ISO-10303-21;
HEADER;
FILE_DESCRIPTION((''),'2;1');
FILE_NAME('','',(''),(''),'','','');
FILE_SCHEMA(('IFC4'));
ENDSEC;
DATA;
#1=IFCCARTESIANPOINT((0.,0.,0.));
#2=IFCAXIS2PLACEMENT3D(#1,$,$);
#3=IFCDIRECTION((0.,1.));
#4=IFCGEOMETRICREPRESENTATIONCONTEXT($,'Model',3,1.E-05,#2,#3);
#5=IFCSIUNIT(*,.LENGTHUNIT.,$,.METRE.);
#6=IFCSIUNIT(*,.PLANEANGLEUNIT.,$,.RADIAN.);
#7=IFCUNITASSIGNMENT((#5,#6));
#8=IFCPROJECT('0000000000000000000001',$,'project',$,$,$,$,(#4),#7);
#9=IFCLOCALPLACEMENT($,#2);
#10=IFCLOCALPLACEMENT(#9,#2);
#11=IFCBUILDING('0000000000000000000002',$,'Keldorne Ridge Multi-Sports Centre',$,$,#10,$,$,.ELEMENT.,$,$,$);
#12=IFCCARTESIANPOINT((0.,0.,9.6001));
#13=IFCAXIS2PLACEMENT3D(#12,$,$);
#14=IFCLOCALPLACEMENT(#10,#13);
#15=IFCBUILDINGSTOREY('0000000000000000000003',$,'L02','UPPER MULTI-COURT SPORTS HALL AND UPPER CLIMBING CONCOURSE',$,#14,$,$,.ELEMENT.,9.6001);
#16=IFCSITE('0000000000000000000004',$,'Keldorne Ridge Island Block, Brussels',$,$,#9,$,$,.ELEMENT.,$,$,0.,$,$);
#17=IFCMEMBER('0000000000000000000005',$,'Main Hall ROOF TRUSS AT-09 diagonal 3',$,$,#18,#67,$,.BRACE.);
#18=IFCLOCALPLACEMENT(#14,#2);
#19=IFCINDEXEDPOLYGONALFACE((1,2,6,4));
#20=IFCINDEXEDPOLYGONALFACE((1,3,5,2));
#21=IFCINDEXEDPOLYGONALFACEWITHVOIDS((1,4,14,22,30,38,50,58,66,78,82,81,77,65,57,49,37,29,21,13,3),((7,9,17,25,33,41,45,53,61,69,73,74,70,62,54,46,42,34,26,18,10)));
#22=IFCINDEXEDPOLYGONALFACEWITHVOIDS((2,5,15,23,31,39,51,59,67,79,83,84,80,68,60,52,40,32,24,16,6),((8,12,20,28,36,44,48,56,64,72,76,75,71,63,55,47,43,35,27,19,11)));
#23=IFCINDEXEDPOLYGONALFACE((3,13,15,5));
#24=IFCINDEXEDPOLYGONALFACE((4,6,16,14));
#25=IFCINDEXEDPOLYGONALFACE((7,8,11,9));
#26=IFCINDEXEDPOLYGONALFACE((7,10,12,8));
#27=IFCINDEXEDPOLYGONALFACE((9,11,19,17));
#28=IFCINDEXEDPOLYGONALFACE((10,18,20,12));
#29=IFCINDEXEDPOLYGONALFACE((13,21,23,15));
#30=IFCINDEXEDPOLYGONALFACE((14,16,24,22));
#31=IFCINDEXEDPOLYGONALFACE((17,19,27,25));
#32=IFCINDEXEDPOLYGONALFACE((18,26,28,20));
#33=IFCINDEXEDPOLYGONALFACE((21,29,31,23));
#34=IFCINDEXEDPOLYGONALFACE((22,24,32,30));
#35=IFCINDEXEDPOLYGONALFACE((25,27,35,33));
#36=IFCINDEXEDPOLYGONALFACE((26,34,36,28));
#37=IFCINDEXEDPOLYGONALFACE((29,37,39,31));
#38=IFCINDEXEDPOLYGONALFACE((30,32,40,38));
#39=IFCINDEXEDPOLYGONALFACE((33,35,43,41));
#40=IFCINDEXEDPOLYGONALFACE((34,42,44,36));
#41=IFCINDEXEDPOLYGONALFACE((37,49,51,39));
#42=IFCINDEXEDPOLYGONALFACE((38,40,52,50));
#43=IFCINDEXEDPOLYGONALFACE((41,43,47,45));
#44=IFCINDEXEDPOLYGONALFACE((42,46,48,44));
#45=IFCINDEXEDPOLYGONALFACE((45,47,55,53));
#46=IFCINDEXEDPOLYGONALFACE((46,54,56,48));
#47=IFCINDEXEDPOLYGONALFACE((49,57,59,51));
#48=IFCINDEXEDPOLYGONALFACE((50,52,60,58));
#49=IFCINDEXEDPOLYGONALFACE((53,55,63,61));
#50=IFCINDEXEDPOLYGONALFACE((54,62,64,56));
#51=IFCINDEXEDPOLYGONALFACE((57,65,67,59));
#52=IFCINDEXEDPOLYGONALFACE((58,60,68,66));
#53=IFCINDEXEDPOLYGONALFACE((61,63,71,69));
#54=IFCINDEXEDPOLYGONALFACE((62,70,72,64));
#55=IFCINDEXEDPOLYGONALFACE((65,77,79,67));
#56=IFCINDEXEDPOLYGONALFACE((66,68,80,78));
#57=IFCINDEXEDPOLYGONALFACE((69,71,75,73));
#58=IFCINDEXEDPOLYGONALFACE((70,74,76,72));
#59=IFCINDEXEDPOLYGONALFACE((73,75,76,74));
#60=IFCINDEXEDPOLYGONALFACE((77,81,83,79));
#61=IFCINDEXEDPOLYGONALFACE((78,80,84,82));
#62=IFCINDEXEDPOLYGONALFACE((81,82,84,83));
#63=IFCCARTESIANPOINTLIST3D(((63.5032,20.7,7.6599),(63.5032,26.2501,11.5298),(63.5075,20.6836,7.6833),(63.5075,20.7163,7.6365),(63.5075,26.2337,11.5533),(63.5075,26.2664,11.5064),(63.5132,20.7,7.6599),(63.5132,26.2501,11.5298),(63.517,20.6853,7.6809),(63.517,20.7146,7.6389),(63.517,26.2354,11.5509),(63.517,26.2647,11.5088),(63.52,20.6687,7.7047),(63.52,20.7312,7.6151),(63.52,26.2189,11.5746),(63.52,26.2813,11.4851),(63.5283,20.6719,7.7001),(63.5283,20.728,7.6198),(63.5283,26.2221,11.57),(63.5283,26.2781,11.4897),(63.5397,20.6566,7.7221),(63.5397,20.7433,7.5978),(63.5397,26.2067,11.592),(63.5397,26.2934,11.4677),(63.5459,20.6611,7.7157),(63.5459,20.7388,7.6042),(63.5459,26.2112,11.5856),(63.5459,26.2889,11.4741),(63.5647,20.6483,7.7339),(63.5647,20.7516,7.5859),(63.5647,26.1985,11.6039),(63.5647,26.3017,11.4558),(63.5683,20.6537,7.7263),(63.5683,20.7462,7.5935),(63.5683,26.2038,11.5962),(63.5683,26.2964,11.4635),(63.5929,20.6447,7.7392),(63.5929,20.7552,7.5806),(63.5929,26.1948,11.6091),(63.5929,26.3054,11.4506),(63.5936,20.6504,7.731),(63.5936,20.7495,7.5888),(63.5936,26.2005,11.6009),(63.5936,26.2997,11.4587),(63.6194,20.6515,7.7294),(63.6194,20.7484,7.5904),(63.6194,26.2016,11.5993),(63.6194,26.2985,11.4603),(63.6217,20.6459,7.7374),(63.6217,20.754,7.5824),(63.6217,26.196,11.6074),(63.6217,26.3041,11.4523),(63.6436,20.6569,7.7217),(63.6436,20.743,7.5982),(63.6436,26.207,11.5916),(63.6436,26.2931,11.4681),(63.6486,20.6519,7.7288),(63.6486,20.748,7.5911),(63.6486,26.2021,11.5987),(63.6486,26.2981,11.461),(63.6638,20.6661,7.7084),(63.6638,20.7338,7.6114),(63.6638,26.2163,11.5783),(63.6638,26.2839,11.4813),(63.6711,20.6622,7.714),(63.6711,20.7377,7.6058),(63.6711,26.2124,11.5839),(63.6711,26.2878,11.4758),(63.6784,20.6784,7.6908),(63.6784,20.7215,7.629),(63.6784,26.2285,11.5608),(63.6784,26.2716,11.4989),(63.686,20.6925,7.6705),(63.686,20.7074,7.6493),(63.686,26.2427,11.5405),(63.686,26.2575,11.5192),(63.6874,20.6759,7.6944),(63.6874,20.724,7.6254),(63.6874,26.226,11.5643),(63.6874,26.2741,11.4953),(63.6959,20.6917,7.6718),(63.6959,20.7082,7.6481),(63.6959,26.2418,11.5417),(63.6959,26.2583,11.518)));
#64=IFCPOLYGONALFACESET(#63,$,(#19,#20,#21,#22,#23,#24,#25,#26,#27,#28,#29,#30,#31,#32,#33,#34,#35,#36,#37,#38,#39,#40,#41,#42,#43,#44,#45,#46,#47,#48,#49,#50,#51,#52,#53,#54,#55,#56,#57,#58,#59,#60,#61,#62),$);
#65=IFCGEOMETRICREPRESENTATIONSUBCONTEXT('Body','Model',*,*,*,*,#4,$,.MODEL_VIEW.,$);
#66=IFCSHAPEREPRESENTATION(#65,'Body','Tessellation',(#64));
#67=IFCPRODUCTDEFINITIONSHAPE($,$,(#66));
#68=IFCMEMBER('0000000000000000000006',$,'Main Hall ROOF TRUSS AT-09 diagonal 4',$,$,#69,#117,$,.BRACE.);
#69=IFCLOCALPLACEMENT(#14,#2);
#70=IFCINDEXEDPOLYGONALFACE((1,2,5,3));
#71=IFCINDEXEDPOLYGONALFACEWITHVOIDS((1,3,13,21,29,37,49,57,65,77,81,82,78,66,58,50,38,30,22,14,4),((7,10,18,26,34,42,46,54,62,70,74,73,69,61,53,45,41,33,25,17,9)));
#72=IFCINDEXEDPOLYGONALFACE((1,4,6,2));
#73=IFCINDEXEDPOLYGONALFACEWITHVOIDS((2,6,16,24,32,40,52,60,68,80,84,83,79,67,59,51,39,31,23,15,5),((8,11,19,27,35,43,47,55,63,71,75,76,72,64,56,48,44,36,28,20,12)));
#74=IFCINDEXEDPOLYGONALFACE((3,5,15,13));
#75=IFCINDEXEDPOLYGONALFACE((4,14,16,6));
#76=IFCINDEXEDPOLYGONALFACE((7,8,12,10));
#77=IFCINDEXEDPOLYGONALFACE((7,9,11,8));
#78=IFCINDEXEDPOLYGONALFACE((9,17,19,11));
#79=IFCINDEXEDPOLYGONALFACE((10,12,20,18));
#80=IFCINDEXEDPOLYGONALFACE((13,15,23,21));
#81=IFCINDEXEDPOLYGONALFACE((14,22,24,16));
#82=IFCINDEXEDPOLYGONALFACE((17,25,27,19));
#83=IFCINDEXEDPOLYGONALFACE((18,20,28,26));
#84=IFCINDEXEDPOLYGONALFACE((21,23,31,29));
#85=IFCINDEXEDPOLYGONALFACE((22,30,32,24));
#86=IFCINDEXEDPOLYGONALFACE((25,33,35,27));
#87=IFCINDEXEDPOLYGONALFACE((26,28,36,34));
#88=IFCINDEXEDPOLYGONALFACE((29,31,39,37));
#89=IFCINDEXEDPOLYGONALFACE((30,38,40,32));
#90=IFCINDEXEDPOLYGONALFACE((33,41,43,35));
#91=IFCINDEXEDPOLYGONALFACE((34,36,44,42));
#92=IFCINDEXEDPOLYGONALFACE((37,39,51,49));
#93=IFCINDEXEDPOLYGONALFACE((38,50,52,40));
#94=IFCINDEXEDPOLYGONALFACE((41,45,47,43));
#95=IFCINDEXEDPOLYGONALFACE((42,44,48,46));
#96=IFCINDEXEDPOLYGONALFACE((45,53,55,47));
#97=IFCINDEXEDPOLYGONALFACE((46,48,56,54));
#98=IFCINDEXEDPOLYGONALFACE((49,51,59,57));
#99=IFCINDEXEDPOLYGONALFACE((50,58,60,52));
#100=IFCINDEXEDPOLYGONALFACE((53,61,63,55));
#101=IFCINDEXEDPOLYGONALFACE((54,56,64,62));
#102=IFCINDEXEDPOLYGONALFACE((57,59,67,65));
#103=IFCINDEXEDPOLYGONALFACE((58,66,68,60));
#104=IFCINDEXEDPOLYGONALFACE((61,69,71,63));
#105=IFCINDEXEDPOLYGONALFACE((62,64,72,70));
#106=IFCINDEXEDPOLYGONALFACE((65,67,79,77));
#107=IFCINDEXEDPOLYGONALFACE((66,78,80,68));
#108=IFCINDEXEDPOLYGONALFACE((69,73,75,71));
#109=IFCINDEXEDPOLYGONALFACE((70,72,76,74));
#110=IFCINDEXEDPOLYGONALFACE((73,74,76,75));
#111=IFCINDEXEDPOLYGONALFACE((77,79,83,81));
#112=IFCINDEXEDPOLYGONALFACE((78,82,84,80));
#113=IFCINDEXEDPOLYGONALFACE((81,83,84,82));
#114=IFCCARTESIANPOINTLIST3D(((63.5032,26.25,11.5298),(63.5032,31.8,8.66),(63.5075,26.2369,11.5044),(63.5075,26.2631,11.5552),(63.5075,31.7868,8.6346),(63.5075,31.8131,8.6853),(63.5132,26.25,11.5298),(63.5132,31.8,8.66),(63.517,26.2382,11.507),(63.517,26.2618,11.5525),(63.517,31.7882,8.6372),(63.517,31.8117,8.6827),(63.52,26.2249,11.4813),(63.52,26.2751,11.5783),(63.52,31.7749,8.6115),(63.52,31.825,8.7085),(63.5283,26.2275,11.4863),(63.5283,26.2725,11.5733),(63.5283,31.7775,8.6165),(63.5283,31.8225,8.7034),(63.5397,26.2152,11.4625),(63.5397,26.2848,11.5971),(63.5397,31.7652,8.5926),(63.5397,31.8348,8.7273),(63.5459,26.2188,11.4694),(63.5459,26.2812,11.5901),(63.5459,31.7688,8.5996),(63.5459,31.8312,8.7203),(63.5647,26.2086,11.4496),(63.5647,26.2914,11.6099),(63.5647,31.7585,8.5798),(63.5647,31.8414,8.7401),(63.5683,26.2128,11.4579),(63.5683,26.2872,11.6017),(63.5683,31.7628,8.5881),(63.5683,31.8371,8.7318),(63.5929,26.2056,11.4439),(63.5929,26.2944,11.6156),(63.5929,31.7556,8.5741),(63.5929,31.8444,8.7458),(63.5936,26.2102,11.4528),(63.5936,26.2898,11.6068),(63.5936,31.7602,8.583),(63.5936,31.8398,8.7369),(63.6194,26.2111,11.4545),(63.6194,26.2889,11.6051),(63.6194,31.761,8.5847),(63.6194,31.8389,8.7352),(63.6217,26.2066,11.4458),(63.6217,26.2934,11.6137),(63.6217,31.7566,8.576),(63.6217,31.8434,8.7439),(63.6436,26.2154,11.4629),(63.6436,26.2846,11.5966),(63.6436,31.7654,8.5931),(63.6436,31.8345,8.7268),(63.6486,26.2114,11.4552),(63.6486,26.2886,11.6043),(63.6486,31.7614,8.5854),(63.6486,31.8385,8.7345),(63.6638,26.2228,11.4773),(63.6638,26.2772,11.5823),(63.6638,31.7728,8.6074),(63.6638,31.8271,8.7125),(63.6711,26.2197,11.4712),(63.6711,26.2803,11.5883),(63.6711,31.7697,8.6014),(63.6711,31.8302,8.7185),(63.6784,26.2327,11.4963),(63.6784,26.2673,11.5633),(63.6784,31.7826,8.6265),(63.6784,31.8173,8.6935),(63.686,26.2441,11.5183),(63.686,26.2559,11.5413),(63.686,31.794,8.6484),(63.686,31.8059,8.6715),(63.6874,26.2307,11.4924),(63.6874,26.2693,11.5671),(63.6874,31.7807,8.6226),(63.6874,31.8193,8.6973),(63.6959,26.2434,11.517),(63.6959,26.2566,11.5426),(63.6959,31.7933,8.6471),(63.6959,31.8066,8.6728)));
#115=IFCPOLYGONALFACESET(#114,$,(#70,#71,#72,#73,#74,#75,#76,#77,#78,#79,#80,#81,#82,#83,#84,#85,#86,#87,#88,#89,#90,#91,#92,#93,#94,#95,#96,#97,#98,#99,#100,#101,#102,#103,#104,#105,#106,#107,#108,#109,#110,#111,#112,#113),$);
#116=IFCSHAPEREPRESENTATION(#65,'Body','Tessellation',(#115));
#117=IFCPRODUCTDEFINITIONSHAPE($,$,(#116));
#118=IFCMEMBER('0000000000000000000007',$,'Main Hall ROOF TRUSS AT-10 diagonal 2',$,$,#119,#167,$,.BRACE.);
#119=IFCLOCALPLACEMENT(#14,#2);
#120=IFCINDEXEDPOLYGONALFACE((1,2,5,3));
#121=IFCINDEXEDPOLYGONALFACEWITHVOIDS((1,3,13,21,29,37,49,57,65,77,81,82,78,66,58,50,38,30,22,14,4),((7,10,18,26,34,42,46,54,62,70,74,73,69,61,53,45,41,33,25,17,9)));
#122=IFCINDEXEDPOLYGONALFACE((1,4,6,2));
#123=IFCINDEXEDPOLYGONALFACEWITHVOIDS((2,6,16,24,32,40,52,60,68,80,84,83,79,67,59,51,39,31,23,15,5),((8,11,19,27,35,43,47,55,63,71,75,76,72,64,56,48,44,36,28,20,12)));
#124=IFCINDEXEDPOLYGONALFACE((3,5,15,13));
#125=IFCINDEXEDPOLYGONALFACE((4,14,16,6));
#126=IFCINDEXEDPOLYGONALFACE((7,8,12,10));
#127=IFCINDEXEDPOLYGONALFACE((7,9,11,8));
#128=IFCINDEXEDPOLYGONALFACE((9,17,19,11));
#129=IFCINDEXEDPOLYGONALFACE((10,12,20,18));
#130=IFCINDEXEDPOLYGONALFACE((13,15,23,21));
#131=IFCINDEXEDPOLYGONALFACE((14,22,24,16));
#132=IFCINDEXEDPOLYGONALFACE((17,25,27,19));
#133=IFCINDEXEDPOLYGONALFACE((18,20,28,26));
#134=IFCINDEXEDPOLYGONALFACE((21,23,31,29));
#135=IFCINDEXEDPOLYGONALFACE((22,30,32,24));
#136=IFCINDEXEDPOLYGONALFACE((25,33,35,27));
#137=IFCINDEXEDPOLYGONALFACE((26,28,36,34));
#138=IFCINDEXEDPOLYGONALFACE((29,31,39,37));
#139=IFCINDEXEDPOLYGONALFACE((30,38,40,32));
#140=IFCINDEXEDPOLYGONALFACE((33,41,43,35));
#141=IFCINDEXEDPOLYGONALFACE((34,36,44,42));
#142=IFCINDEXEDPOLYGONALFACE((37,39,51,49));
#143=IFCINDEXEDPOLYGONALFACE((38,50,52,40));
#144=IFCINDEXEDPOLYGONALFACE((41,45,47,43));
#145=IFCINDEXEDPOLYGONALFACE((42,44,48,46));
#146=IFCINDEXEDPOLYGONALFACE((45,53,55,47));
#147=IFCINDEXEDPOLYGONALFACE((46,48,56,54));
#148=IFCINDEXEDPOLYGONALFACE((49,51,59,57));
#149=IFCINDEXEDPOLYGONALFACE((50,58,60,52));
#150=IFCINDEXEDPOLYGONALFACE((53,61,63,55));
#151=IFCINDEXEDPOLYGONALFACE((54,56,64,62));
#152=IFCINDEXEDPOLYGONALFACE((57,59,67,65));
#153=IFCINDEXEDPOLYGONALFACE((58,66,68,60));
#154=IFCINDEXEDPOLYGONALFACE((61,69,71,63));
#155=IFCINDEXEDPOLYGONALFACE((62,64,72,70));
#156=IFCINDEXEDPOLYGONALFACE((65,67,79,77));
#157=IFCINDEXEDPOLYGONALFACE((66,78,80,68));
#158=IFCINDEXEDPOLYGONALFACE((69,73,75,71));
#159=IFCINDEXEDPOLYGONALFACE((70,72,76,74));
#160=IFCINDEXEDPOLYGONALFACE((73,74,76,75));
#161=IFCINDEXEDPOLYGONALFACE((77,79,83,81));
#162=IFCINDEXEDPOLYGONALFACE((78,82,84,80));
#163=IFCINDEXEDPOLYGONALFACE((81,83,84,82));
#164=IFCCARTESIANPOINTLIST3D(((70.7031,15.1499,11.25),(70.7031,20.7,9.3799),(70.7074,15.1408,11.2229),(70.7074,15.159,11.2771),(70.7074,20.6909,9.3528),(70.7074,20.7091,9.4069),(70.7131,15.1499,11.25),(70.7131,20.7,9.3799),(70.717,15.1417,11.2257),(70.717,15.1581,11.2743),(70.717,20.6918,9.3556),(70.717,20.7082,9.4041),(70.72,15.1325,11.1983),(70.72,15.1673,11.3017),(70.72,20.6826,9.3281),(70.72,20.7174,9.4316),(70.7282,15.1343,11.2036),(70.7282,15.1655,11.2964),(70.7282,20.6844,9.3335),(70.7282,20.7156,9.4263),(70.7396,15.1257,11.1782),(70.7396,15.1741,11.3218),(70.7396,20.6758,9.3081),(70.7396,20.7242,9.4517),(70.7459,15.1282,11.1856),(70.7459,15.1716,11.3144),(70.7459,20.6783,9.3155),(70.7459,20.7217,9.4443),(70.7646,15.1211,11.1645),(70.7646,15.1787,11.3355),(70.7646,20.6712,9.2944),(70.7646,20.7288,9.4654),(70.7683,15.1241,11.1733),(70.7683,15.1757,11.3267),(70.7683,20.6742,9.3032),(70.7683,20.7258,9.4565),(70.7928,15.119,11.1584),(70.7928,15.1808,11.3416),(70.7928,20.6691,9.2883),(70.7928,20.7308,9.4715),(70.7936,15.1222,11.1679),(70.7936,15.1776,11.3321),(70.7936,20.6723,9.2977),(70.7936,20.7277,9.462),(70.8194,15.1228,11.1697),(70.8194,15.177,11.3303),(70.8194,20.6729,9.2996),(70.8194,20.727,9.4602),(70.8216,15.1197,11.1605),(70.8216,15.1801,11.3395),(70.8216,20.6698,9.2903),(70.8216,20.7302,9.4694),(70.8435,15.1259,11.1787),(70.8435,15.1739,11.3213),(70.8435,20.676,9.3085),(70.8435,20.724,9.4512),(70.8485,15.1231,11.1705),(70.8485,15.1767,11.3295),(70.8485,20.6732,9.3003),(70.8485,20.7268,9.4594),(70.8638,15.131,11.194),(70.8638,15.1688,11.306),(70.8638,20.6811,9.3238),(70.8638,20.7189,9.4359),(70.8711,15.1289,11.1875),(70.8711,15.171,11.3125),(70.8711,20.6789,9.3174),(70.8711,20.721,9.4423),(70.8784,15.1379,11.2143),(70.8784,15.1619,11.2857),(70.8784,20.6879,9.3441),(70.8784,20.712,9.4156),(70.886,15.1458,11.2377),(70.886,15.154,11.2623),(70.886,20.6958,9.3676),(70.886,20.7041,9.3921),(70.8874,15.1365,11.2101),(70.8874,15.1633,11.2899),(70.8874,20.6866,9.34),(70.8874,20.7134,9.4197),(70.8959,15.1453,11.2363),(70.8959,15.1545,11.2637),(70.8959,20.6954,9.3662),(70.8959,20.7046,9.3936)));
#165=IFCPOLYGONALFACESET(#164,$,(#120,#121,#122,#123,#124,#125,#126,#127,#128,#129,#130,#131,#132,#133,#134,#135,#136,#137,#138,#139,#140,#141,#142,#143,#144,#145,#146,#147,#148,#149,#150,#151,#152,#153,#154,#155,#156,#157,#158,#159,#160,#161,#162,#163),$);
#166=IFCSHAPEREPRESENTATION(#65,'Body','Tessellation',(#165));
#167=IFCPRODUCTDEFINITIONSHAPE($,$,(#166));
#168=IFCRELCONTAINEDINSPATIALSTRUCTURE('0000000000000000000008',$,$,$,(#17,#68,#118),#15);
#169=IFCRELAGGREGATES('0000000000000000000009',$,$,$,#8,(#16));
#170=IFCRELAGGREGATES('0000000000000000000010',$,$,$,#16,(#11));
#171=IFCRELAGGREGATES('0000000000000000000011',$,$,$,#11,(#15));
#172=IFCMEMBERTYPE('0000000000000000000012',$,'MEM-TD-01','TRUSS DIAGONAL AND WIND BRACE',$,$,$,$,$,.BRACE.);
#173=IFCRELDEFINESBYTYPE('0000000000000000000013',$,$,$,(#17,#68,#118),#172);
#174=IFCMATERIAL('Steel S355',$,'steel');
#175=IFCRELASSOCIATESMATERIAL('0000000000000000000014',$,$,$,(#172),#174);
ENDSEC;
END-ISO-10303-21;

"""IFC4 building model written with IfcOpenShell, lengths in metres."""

from ifc_helpers import new_model, si_unit, direction, frame, origin, origin_2d, place, context, subcontext, project, spatial, hollow_circle, extrude, material, material_profile, profile_set, type_object, element, save


model = new_model("IFC4")

# Units and contexts
model_context = context("Model", 3, precision=1e-05, world=origin(), true_north=direction((0.0, 1.0)))
body_context = subcontext(model_context, "Body", "Model", "MODEL_VIEW")
ifc_project = project(units=[si_unit("LENGTHUNIT", "METRE"), si_unit("PLANEANGLEUNIT", "RADIAN")], contexts=[model_context])

# Site, building, storey
site_placement = place(None, origin())
site = spatial("IfcSite", under=ifc_project, at=site_placement, Name="Keldorne Ridge Island Block, Brussels", CompositionType="ELEMENT", RefElevation=0.0)
building_placement = place(site_placement, origin())
building = spatial("IfcBuilding", under=site, at=building_placement, Name="Keldorne Ridge Multi-Sports Centre", CompositionType="ELEMENT")
storey_placement = place(building_placement, frame((0.0, 0.0, 9.6001)))
storey = spatial("IfcBuildingStorey", under=building, at=storey_placement, Name="L02", Description="UPPER MULTI-COURT SPORTS HALL AND UPPER CLIMBING CONCOURSE", CompositionType="ELEMENT", Elevation=9.6001)

# Shared definitions
ifc_material = material(Name="Steel S355", Category="steel")

# Members
ifc_material_profile_1 = material_profile(ifc_material, hollow_circle(Radius=0.0969, WallThickness=0.01, at=origin_2d()), Name="CHS 193.7x10")
ifc_profile_set_1 = profile_set([ifc_material_profile_1], Name="Steel S355")
member_type_1 = type_object("IfcMemberType", Name="MEM-TD-01", Description="TRUSS DIAGONAL AND WIND BRACE", PredefinedType="BRACE", material=ifc_profile_set_1)
member_1_placement = place(storey_placement, frame((63.6001, 20.7, 7.6599), z_axis=(0.0, 0.820283, 0.571958), x_axis=(-1.0, 0.0, 0.0)))
element("IfcMember", 1, at=member_1_placement, inside=storey, type_object=member_type_1, Name="Main Hall ROOF TRUSS AT-09 diagonal 3", PredefinedType="BRACE", context=body_context, shape_type="SweptSolid", body=[
    extrude(hollow_circle(Radius=0.0969, WallThickness=0.01, at=origin_2d()), origin(), (0.0, 0.0, 1.0), 6.7661),
])
member_2_placement = place(storey_placement, frame((63.6001, 26.25, 11.5298), z_axis=(0.0, 0.888273, -0.459317), x_axis=(-1.0, 0.0, 0.0)))
element("IfcMember", 2, at=member_2_placement, inside=storey, type_object=member_type_1, Name="Main Hall ROOF TRUSS AT-09 diagonal 4", PredefinedType="BRACE", context=body_context, shape_type="SweptSolid", body=[
    extrude(hollow_circle(Radius=0.0969, WallThickness=0.01, at=origin_2d()), origin(), (0.0, 0.0, 1.0), 6.248),
])
member_3_placement = place(storey_placement, frame((70.8, 15.1499, 11.25), z_axis=(0.0, 0.947649, -0.319315), x_axis=(-1.0, 0.0, 0.0)))
element("IfcMember", 3, at=member_3_placement, inside=storey, type_object=member_type_1, Name="Main Hall ROOF TRUSS AT-10 diagonal 2", PredefinedType="BRACE", context=body_context, shape_type="SweptSolid", body=[
    extrude(hollow_circle(Radius=0.0969, WallThickness=0.01, at=origin_2d()), origin(), (0.0, 0.0, 1.0), 5.8567),
])

save(model, "model.ifc")
